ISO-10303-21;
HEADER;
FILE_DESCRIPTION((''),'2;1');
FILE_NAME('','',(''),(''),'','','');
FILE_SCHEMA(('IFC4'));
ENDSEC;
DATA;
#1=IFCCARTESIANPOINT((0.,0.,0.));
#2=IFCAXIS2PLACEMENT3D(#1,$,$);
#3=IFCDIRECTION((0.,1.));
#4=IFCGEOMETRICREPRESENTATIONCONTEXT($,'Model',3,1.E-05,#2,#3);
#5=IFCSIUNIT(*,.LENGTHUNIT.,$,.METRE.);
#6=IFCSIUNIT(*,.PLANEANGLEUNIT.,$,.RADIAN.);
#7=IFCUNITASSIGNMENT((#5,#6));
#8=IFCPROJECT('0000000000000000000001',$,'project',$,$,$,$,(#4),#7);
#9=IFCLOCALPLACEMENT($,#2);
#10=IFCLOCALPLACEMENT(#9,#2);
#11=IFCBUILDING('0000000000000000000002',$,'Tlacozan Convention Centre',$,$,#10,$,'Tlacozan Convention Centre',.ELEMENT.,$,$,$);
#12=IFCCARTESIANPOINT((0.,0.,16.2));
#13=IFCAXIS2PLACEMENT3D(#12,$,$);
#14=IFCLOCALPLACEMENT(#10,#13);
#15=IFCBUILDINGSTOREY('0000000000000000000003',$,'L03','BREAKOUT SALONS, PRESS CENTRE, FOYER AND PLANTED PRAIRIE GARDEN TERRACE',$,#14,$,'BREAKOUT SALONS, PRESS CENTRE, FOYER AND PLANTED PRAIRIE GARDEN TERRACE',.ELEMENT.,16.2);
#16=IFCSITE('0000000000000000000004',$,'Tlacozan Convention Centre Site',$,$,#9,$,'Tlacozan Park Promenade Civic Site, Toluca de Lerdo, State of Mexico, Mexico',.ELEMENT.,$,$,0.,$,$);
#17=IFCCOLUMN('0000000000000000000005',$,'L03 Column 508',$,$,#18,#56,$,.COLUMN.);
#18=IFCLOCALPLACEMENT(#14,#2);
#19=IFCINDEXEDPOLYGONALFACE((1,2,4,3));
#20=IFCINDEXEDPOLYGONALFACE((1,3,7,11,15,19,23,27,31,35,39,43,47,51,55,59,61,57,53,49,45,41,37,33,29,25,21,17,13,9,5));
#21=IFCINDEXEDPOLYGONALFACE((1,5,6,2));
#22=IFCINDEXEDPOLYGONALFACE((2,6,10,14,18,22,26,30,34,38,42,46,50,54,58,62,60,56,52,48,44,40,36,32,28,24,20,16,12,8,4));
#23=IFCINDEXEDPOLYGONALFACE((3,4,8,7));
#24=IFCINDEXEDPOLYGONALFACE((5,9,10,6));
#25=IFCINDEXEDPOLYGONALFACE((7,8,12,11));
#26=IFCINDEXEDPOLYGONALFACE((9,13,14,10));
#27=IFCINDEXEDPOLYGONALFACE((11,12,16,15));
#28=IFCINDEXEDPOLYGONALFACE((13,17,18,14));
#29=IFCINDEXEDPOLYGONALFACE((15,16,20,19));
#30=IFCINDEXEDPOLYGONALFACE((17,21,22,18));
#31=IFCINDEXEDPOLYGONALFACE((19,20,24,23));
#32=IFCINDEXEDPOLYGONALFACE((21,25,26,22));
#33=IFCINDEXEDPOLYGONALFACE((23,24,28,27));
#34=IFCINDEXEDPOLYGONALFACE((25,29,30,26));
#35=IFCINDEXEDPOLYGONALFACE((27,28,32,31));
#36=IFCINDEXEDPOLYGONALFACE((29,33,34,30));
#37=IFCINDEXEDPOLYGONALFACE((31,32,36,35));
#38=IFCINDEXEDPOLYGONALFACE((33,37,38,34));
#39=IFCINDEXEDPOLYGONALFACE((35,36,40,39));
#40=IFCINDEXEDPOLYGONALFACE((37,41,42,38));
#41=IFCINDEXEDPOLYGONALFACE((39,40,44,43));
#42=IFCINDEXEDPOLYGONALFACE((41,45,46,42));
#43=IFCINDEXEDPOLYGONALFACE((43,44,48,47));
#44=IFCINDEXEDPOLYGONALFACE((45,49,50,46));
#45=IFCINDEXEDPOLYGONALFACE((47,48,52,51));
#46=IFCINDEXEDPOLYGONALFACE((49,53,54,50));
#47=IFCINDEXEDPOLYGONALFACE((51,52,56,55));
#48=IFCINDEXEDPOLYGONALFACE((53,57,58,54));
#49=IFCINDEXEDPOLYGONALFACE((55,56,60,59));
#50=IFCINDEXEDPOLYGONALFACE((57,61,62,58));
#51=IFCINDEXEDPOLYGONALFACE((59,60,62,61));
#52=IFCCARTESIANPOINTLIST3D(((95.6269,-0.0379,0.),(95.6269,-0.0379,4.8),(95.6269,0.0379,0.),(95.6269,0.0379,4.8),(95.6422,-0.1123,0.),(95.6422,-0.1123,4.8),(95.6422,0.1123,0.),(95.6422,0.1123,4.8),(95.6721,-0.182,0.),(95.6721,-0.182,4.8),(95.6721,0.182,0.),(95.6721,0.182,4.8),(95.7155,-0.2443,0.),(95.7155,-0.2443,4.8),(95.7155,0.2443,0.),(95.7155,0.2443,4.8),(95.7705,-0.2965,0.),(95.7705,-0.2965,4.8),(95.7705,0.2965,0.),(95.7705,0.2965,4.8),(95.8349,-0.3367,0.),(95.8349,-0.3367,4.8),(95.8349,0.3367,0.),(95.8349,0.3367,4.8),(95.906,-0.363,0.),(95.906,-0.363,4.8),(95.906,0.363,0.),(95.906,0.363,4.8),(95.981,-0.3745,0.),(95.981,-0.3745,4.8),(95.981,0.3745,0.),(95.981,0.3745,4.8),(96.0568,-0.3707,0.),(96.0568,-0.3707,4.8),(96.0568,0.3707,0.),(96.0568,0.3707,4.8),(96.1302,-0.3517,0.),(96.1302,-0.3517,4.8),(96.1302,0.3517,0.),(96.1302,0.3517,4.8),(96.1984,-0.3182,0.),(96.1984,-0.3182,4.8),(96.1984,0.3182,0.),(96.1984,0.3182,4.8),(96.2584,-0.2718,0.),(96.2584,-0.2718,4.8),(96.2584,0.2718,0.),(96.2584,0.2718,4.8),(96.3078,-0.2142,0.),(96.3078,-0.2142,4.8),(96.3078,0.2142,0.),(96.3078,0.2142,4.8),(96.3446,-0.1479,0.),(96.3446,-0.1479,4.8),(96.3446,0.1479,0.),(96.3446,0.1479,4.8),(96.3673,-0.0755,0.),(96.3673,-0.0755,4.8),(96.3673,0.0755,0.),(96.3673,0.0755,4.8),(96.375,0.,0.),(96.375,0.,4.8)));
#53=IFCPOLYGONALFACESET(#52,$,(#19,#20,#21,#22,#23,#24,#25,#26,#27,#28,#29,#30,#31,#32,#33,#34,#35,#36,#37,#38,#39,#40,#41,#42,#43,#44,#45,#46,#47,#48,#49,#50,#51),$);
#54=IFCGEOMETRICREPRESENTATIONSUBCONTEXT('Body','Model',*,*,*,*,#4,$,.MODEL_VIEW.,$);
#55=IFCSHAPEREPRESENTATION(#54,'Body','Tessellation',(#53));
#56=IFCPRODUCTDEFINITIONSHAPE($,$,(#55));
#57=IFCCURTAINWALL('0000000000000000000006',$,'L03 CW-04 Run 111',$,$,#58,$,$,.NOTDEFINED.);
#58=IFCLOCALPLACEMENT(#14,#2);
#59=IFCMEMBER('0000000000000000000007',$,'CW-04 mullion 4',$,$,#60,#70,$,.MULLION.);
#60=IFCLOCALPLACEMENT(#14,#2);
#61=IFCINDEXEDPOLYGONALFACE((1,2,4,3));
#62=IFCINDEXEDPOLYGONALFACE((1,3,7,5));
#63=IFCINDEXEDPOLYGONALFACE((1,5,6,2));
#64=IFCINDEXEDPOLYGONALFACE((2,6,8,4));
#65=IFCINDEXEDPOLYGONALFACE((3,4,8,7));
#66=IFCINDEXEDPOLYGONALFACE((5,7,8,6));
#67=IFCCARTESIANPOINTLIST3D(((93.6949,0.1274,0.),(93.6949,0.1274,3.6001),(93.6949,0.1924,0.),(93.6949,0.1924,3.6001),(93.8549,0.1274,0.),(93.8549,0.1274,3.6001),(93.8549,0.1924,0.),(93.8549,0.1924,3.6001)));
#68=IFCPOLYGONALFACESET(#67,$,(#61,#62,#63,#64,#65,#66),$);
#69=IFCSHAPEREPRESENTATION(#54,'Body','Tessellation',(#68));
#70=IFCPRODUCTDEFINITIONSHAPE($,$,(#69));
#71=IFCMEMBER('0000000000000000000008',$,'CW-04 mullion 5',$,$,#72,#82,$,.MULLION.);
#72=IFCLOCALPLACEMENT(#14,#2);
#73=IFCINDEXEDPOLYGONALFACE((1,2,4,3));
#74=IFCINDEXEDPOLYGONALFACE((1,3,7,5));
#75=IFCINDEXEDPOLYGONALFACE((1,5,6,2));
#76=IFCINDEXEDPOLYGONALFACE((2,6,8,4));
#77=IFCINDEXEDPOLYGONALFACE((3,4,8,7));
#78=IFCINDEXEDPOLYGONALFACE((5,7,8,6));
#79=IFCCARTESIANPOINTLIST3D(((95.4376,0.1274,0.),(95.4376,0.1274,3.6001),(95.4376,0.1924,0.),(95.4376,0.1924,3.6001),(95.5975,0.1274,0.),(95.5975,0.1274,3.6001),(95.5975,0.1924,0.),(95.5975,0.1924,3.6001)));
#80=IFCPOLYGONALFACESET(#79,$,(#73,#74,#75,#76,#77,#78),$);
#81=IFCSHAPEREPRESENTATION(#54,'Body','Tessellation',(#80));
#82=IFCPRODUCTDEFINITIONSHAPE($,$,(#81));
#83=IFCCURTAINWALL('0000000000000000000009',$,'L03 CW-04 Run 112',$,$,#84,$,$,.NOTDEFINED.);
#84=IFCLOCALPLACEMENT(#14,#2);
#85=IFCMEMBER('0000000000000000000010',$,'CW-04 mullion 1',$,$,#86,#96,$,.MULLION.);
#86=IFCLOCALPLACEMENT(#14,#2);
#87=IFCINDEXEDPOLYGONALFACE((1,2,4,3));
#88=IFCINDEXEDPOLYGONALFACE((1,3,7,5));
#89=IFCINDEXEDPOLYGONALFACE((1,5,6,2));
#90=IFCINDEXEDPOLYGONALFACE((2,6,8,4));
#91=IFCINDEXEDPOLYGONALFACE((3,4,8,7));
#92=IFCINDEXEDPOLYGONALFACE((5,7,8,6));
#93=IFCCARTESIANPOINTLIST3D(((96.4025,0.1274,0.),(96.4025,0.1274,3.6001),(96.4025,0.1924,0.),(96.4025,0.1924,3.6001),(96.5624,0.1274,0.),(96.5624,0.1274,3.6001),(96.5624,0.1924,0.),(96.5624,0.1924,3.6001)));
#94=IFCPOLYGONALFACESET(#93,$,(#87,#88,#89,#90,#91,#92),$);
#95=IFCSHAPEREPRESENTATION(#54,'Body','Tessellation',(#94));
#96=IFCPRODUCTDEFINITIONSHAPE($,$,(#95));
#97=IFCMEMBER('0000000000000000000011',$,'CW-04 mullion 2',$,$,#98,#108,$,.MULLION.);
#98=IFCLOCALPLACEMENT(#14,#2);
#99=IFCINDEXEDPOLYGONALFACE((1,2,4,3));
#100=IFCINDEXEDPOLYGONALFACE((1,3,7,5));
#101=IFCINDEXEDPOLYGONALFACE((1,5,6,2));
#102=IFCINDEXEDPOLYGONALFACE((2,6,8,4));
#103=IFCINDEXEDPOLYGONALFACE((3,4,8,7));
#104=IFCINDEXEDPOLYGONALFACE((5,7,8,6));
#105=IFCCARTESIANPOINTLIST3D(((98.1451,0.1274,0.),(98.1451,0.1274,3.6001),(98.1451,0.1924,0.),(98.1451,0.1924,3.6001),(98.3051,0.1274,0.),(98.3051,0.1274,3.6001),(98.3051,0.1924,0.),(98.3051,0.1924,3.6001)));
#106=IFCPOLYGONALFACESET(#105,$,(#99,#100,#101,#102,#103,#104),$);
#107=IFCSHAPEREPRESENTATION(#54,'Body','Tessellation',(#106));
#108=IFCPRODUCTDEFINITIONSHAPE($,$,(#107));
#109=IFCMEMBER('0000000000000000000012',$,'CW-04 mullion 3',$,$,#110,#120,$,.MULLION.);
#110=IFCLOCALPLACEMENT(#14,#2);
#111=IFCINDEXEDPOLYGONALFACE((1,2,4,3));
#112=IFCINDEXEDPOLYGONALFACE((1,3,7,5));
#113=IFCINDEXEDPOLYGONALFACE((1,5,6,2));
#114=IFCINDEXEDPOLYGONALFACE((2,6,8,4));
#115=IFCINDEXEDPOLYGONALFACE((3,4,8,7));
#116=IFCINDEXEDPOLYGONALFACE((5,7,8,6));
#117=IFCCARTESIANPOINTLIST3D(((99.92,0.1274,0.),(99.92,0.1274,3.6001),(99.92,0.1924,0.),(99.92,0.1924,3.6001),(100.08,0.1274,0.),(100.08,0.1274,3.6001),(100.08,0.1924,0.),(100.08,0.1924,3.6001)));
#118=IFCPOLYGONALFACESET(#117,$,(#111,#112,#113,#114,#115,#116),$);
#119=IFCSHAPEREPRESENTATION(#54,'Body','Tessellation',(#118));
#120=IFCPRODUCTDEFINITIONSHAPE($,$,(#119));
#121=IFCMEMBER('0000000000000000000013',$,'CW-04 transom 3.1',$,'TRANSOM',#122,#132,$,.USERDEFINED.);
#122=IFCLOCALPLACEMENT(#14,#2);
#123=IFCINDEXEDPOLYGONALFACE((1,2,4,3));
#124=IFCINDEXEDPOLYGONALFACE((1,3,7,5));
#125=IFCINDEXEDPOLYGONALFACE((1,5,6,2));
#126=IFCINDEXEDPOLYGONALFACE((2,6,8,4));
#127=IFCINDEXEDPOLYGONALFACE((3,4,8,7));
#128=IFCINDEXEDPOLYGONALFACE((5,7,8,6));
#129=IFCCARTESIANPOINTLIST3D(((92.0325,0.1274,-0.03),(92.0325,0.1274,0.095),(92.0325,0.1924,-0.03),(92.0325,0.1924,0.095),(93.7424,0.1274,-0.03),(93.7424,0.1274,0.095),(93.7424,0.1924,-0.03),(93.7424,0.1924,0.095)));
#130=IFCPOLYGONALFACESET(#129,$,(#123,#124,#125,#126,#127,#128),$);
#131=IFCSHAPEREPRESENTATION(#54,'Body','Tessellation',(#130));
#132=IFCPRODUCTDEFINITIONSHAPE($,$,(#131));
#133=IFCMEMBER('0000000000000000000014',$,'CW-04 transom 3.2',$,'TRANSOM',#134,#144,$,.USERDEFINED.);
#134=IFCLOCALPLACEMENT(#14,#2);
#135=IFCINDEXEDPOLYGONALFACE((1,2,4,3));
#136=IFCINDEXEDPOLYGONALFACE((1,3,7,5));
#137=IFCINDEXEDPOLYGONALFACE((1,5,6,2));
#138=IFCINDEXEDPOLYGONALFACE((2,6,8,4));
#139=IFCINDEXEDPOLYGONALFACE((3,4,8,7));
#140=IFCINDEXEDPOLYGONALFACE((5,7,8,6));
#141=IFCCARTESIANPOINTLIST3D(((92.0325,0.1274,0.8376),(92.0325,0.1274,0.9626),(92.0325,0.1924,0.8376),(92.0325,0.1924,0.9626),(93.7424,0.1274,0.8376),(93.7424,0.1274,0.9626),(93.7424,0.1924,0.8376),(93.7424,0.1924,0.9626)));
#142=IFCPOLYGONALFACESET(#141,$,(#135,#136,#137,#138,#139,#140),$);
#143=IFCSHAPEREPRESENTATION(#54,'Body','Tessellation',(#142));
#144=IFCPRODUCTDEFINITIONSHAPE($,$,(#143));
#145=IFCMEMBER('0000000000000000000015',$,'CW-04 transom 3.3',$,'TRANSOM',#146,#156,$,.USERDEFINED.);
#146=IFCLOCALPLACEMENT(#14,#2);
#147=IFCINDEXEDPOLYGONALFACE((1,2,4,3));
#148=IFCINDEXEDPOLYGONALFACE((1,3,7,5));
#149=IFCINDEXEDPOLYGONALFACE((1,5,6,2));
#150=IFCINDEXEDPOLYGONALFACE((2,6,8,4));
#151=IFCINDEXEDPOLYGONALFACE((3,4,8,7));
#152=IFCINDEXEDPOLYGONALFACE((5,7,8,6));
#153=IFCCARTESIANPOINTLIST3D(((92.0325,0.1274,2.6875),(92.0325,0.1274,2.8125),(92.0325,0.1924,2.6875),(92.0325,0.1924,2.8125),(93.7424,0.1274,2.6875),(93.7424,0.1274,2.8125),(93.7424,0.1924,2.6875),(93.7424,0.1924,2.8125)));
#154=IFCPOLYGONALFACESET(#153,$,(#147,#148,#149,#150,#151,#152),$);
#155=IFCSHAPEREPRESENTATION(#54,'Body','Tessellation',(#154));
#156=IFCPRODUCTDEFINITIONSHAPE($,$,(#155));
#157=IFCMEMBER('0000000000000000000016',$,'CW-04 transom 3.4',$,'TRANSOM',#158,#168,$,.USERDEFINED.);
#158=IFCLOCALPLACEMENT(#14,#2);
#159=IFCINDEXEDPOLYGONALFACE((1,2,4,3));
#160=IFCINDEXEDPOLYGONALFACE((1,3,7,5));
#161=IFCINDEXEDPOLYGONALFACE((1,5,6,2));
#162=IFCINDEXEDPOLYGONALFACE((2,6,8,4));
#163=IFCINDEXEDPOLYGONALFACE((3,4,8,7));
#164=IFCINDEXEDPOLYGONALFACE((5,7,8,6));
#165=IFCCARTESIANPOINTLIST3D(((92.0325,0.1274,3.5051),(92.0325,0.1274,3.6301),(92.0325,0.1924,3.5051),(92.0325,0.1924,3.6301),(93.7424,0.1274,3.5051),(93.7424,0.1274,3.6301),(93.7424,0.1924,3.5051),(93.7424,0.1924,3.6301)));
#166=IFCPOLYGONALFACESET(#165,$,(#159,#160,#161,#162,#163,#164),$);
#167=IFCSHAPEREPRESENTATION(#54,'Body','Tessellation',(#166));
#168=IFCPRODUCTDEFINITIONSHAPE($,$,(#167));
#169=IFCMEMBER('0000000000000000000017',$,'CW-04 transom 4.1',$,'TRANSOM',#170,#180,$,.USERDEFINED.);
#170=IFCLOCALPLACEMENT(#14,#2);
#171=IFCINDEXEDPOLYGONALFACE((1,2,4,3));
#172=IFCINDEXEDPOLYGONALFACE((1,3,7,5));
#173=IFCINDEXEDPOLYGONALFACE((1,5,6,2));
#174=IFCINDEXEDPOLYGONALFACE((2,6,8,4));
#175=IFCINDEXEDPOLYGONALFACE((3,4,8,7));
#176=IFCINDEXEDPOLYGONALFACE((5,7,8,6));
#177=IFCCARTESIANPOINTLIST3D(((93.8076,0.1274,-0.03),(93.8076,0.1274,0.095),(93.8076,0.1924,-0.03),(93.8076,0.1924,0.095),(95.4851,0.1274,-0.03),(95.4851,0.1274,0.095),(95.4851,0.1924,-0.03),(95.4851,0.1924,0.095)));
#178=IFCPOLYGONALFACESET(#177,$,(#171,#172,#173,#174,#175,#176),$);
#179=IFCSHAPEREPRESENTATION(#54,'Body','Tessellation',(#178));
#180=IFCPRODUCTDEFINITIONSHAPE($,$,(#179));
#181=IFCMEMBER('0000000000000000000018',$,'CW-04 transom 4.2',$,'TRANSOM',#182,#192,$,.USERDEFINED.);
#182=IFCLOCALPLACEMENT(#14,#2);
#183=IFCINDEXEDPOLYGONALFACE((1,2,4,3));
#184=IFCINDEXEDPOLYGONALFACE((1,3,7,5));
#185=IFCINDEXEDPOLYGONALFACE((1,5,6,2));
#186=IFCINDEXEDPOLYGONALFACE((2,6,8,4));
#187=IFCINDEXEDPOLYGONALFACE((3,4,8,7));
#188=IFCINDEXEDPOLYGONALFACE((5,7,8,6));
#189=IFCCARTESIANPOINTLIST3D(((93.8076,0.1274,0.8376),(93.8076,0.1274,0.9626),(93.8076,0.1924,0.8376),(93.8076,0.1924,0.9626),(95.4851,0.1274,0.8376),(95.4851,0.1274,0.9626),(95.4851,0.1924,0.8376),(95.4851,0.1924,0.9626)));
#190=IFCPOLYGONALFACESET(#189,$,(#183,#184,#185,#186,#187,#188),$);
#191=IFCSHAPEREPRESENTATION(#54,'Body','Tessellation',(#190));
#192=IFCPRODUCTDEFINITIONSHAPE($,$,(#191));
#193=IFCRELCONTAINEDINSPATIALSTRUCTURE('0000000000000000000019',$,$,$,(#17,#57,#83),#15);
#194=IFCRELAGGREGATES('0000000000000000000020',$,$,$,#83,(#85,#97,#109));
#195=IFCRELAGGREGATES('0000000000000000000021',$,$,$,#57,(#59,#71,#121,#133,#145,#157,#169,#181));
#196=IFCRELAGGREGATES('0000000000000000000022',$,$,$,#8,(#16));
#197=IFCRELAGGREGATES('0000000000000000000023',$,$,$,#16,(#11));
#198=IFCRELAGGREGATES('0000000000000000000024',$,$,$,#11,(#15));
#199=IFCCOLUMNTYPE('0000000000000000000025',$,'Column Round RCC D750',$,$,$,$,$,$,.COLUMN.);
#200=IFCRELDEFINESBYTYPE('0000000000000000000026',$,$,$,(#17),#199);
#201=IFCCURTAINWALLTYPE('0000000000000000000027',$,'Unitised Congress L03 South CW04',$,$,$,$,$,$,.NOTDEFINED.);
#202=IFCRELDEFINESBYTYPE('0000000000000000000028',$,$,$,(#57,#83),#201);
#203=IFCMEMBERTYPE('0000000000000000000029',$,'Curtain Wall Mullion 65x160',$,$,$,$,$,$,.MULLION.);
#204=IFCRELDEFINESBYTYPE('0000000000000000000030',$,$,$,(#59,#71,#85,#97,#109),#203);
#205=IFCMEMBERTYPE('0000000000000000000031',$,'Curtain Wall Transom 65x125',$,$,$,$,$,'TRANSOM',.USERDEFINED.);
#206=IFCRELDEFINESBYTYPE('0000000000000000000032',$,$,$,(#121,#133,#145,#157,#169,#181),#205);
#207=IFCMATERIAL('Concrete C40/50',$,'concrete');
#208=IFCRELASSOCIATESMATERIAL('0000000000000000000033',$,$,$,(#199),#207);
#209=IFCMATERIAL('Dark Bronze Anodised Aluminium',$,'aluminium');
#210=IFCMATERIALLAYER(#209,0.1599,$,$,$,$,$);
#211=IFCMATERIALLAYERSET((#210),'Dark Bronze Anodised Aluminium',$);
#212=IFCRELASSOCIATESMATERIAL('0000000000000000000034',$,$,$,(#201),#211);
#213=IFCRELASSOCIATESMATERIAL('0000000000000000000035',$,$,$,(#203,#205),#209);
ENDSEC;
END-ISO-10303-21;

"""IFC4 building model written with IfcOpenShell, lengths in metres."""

from ifc_helpers import new_model, si_unit, direction, frame, origin, origin_2d, place, context, subcontext, project, spatial, rectangle, circle, extrude, material, layer, layer_set, material_profile, profile_set, type_object, element, aggregate, save


model = new_model("IFC4")

# Units and contexts
model_context = context("Model", 3, precision=1e-05, world=origin(), true_north=direction((0.0, 1.0)))
body_context = subcontext(model_context, "Body", "Model", "MODEL_VIEW")
ifc_project = project(units=[si_unit("LENGTHUNIT", "METRE"), si_unit("PLANEANGLEUNIT", "RADIAN")], contexts=[model_context])

# Site, building, storey
site_placement = place(None, origin())
site = spatial("IfcSite", under=ifc_project, at=site_placement, Name="Tlacozan Convention Centre Site", LongName="Tlacozan Park Promenade Civic Site, Toluca de Lerdo, State of Mexico, Mexico", CompositionType="ELEMENT", RefElevation=0.0)
building_placement = place(site_placement, origin())
building = spatial("IfcBuilding", under=site, at=building_placement, Name="Tlacozan Convention Centre", LongName="Tlacozan Convention Centre", CompositionType="ELEMENT")
storey_placement = place(building_placement, frame((0.0, 0.0, 16.2)))
storey = spatial("IfcBuildingStorey", under=building, at=storey_placement, Name="L03", Description="BREAKOUT SALONS, PRESS CENTRE, FOYER AND PLANTED PRAIRIE GARDEN TERRACE", LongName="BREAKOUT SALONS, PRESS CENTRE, FOYER AND PLANTED PRAIRIE GARDEN TERRACE", CompositionType="ELEMENT", Elevation=16.2)

# Column
ifc_material_1 = material(Name="Concrete C40/50", Category="concrete")
ifc_material_profile_1 = material_profile(ifc_material_1, circle(Radius=0.375, at=origin_2d()), Name="RCC D750")
ifc_profile_set_1 = profile_set([ifc_material_profile_1], Name="Concrete C40/50")
column_type = type_object("IfcColumnType", Name="Column Round RCC D750", PredefinedType="COLUMN", material=ifc_profile_set_1)
column_placement = place(storey_placement, frame((96.0, 0.0, 0.0), z_axis=(0.0, 0.0, 1.0), x_axis=(1.0, 0.0, 0.0)))
element("IfcColumn", 1, at=column_placement, inside=storey, type_object=column_type, Name="L03 Column 508", PredefinedType="COLUMN", context=body_context, shape_type="SweptSolid", body=[
    extrude(circle(Radius=0.375, at=origin_2d()), origin(), (0.0, 0.0, 1.0), 4.8),
])

# Curtain walls, members
ifc_material_2 = material(Name="Dark Bronze Anodised Aluminium", Category="aluminium")
ifc_layer_1 = layer(ifc_material_2, 0.1599)
ifc_layer_set_1 = layer_set([ifc_layer_1], Name="Dark Bronze Anodised Aluminium")
curtain_wall_type = type_object("IfcCurtainWallType", Name="Unitised Congress L03 South CW04", PredefinedType="NOTDEFINED", material=ifc_layer_set_1)
curtain_wall_1_placement = place(storey_placement, origin())
curtain_wall_1 = element("IfcCurtainWall", 2, at=curtain_wall_1_placement, inside=storey, type_object=curtain_wall_type, Name="L03 CW-04 Run 111", PredefinedType="NOTDEFINED")
ifc_material_profile_2 = material_profile(ifc_material_2, rectangle(XDim=0.0649, YDim=0.1599, at=origin_2d()), Name="ALU 65x160")
ifc_profile_set_2 = profile_set([ifc_material_profile_2], Name="Dark Bronze Anodised Aluminium")
member_type_1 = type_object("IfcMemberType", Name="Curtain Wall Mullion 65x160", PredefinedType="MULLION", material=ifc_profile_set_2)
member_1_placement = place(storey_placement, frame((93.7749, 0.1599, 0.0), z_axis=(0.0, 0.0, 1.0), x_axis=(0.0, 1.0, 0.0)))
member_1 = element("IfcMember", 3, at=member_1_placement, type_object=member_type_1, Name="CW-04 mullion 4", PredefinedType="MULLION", context=body_context, shape_type="SweptSolid", body=[
    extrude(rectangle(XDim=0.0649, YDim=0.1599, at=origin_2d()), origin(), (0.0, 0.0, 1.0), 3.6001),
])
member_2_placement = place(storey_placement, frame((95.5176, 0.1599, 0.0), z_axis=(0.0, 0.0, 1.0), x_axis=(0.0, 1.0, 0.0)))
member_2 = element("IfcMember", 4, at=member_2_placement, type_object=member_type_1, Name="CW-04 mullion 5", PredefinedType="MULLION", context=body_context, shape_type="SweptSolid", body=[
    extrude(rectangle(XDim=0.0649, YDim=0.1599, at=origin_2d()), origin(), (0.0, 0.0, 1.0), 3.6001),
])
curtain_wall_2_placement = place(storey_placement, origin())
curtain_wall_2 = element("IfcCurtainWall", 5, at=curtain_wall_2_placement, inside=storey, type_object=curtain_wall_type, Name="L03 CW-04 Run 112", PredefinedType="NOTDEFINED")
member_3_placement = place(storey_placement, frame((96.4824, 0.1599, 0.0), z_axis=(0.0, 0.0, 1.0), x_axis=(0.0, 1.0, 0.0)))
member_3 = element("IfcMember", 6, at=member_3_placement, type_object=member_type_1, Name="CW-04 mullion 1", PredefinedType="MULLION", context=body_context, shape_type="SweptSolid", body=[
    extrude(rectangle(XDim=0.0649, YDim=0.1599, at=origin_2d()), origin(), (0.0, 0.0, 1.0), 3.6001),
])
member_4_placement = place(storey_placement, frame((98.2251, 0.1599, 0.0), z_axis=(0.0, 0.0, 1.0), x_axis=(0.0, 1.0, 0.0)))
member_4 = element("IfcMember", 7, at=member_4_placement, type_object=member_type_1, Name="CW-04 mullion 2", PredefinedType="MULLION", context=body_context, shape_type="SweptSolid", body=[
    extrude(rectangle(XDim=0.0649, YDim=0.1599, at=origin_2d()), origin(), (0.0, 0.0, 1.0), 3.6001),
])
member_5_placement = place(storey_placement, frame((100.0, 0.1599, 0.0), z_axis=(0.0, 0.0, 1.0), x_axis=(0.0, 1.0, 0.0)))
member_5 = element("IfcMember", 8, at=member_5_placement, type_object=member_type_1, Name="CW-04 mullion 3", PredefinedType="MULLION", context=body_context, shape_type="SweptSolid", body=[
    extrude(rectangle(XDim=0.0649, YDim=0.1599, at=origin_2d()), origin(), (0.0, 0.0, 1.0), 3.6001),
])

# Members
ifc_material_profile_3 = material_profile(ifc_material_2, rectangle(XDim=0.0649, YDim=0.125, at=origin_2d()), Name="ALU 65x125")
ifc_profile_set_3 = profile_set([ifc_material_profile_3], Name="Dark Bronze Anodised Aluminium")
member_type_2 = type_object("IfcMemberType", Name="Curtain Wall Transom 65x125", ElementType="TRANSOM", PredefinedType="USERDEFINED", material=ifc_profile_set_3)
member_6_placement = place(storey_placement, frame((92.0325, 0.1599, 0.0325), z_axis=(1.0, 0.0, 0.0), x_axis=(0.0, 1.0, 0.0)))
member_6 = element("IfcMember", 9, at=member_6_placement, type_object=member_type_2, Name="CW-04 transom 3.1", ObjectType="TRANSOM", PredefinedType="USERDEFINED", context=body_context, shape_type="SweptSolid", body=[
    extrude(rectangle(XDim=0.0649, YDim=0.125, at=origin_2d()), origin(), (0.0, 0.0, 1.0), 1.71),
])
member_7_placement = place(storey_placement, frame((92.0325, 0.1599, 0.9001), z_axis=(1.0, 0.0, 0.0), x_axis=(0.0, 1.0, 0.0)))
member_7 = element("IfcMember", 10, at=member_7_placement, type_object=member_type_2, Name="CW-04 transom 3.2", ObjectType="TRANSOM", PredefinedType="USERDEFINED", context=body_context, shape_type="SweptSolid", body=[
    extrude(rectangle(XDim=0.0649, YDim=0.125, at=origin_2d()), origin(), (0.0, 0.0, 1.0), 1.71),
])
member_8_placement = place(storey_placement, frame((92.0325, 0.1599, 2.75), z_axis=(1.0, 0.0, 0.0), x_axis=(0.0, 1.0, 0.0)))
member_8 = element("IfcMember", 11, at=member_8_placement, type_object=member_type_2, Name="CW-04 transom 3.3", ObjectType="TRANSOM", PredefinedType="USERDEFINED", context=body_context, shape_type="SweptSolid", body=[
    extrude(rectangle(XDim=0.0649, YDim=0.125, at=origin_2d()), origin(), (0.0, 0.0, 1.0), 1.71),
])
member_9_placement = place(storey_placement, frame((92.0325, 0.1599, 3.5676), z_axis=(1.0, 0.0, 0.0), x_axis=(0.0, 1.0, 0.0)))
member_9 = element("IfcMember", 12, at=member_9_placement, type_object=member_type_2, Name="CW-04 transom 3.4", ObjectType="TRANSOM", PredefinedType="USERDEFINED", context=body_context, shape_type="SweptSolid", body=[
    extrude(rectangle(XDim=0.0649, YDim=0.125, at=origin_2d()), origin(), (0.0, 0.0, 1.0), 1.71),
])
member_10_placement = place(storey_placement, frame((93.8076, 0.1599, 0.0325), z_axis=(1.0, 0.0, 0.0), x_axis=(0.0, 1.0, 0.0)))
member_10 = element("IfcMember", 13, at=member_10_placement, type_object=member_type_2, Name="CW-04 transom 4.1", ObjectType="TRANSOM", PredefinedType="USERDEFINED", context=body_context, shape_type="SweptSolid", body=[
    extrude(rectangle(XDim=0.0649, YDim=0.125, at=origin_2d()), origin(), (0.0, 0.0, 1.0), 1.6775),
])
member_11_placement = place(storey_placement, frame((93.8076, 0.1599, 0.9001), z_axis=(1.0, 0.0, 0.0), x_axis=(0.0, 1.0, 0.0)))
member_11 = element("IfcMember", 14, at=member_11_placement, type_object=member_type_2, Name="CW-04 transom 4.2", ObjectType="TRANSOM", PredefinedType="USERDEFINED", context=body_context, shape_type="SweptSolid", body=[
    extrude(rectangle(XDim=0.0649, YDim=0.125, at=origin_2d()), origin(), (0.0, 0.0, 1.0), 1.6775),
])

aggregate(curtain_wall_2, [member_3, member_4, member_5])
aggregate(curtain_wall_1, [member_1, member_2, member_6, member_7, member_8, member_9, member_10, member_11])

save(model, "model.ifc")
